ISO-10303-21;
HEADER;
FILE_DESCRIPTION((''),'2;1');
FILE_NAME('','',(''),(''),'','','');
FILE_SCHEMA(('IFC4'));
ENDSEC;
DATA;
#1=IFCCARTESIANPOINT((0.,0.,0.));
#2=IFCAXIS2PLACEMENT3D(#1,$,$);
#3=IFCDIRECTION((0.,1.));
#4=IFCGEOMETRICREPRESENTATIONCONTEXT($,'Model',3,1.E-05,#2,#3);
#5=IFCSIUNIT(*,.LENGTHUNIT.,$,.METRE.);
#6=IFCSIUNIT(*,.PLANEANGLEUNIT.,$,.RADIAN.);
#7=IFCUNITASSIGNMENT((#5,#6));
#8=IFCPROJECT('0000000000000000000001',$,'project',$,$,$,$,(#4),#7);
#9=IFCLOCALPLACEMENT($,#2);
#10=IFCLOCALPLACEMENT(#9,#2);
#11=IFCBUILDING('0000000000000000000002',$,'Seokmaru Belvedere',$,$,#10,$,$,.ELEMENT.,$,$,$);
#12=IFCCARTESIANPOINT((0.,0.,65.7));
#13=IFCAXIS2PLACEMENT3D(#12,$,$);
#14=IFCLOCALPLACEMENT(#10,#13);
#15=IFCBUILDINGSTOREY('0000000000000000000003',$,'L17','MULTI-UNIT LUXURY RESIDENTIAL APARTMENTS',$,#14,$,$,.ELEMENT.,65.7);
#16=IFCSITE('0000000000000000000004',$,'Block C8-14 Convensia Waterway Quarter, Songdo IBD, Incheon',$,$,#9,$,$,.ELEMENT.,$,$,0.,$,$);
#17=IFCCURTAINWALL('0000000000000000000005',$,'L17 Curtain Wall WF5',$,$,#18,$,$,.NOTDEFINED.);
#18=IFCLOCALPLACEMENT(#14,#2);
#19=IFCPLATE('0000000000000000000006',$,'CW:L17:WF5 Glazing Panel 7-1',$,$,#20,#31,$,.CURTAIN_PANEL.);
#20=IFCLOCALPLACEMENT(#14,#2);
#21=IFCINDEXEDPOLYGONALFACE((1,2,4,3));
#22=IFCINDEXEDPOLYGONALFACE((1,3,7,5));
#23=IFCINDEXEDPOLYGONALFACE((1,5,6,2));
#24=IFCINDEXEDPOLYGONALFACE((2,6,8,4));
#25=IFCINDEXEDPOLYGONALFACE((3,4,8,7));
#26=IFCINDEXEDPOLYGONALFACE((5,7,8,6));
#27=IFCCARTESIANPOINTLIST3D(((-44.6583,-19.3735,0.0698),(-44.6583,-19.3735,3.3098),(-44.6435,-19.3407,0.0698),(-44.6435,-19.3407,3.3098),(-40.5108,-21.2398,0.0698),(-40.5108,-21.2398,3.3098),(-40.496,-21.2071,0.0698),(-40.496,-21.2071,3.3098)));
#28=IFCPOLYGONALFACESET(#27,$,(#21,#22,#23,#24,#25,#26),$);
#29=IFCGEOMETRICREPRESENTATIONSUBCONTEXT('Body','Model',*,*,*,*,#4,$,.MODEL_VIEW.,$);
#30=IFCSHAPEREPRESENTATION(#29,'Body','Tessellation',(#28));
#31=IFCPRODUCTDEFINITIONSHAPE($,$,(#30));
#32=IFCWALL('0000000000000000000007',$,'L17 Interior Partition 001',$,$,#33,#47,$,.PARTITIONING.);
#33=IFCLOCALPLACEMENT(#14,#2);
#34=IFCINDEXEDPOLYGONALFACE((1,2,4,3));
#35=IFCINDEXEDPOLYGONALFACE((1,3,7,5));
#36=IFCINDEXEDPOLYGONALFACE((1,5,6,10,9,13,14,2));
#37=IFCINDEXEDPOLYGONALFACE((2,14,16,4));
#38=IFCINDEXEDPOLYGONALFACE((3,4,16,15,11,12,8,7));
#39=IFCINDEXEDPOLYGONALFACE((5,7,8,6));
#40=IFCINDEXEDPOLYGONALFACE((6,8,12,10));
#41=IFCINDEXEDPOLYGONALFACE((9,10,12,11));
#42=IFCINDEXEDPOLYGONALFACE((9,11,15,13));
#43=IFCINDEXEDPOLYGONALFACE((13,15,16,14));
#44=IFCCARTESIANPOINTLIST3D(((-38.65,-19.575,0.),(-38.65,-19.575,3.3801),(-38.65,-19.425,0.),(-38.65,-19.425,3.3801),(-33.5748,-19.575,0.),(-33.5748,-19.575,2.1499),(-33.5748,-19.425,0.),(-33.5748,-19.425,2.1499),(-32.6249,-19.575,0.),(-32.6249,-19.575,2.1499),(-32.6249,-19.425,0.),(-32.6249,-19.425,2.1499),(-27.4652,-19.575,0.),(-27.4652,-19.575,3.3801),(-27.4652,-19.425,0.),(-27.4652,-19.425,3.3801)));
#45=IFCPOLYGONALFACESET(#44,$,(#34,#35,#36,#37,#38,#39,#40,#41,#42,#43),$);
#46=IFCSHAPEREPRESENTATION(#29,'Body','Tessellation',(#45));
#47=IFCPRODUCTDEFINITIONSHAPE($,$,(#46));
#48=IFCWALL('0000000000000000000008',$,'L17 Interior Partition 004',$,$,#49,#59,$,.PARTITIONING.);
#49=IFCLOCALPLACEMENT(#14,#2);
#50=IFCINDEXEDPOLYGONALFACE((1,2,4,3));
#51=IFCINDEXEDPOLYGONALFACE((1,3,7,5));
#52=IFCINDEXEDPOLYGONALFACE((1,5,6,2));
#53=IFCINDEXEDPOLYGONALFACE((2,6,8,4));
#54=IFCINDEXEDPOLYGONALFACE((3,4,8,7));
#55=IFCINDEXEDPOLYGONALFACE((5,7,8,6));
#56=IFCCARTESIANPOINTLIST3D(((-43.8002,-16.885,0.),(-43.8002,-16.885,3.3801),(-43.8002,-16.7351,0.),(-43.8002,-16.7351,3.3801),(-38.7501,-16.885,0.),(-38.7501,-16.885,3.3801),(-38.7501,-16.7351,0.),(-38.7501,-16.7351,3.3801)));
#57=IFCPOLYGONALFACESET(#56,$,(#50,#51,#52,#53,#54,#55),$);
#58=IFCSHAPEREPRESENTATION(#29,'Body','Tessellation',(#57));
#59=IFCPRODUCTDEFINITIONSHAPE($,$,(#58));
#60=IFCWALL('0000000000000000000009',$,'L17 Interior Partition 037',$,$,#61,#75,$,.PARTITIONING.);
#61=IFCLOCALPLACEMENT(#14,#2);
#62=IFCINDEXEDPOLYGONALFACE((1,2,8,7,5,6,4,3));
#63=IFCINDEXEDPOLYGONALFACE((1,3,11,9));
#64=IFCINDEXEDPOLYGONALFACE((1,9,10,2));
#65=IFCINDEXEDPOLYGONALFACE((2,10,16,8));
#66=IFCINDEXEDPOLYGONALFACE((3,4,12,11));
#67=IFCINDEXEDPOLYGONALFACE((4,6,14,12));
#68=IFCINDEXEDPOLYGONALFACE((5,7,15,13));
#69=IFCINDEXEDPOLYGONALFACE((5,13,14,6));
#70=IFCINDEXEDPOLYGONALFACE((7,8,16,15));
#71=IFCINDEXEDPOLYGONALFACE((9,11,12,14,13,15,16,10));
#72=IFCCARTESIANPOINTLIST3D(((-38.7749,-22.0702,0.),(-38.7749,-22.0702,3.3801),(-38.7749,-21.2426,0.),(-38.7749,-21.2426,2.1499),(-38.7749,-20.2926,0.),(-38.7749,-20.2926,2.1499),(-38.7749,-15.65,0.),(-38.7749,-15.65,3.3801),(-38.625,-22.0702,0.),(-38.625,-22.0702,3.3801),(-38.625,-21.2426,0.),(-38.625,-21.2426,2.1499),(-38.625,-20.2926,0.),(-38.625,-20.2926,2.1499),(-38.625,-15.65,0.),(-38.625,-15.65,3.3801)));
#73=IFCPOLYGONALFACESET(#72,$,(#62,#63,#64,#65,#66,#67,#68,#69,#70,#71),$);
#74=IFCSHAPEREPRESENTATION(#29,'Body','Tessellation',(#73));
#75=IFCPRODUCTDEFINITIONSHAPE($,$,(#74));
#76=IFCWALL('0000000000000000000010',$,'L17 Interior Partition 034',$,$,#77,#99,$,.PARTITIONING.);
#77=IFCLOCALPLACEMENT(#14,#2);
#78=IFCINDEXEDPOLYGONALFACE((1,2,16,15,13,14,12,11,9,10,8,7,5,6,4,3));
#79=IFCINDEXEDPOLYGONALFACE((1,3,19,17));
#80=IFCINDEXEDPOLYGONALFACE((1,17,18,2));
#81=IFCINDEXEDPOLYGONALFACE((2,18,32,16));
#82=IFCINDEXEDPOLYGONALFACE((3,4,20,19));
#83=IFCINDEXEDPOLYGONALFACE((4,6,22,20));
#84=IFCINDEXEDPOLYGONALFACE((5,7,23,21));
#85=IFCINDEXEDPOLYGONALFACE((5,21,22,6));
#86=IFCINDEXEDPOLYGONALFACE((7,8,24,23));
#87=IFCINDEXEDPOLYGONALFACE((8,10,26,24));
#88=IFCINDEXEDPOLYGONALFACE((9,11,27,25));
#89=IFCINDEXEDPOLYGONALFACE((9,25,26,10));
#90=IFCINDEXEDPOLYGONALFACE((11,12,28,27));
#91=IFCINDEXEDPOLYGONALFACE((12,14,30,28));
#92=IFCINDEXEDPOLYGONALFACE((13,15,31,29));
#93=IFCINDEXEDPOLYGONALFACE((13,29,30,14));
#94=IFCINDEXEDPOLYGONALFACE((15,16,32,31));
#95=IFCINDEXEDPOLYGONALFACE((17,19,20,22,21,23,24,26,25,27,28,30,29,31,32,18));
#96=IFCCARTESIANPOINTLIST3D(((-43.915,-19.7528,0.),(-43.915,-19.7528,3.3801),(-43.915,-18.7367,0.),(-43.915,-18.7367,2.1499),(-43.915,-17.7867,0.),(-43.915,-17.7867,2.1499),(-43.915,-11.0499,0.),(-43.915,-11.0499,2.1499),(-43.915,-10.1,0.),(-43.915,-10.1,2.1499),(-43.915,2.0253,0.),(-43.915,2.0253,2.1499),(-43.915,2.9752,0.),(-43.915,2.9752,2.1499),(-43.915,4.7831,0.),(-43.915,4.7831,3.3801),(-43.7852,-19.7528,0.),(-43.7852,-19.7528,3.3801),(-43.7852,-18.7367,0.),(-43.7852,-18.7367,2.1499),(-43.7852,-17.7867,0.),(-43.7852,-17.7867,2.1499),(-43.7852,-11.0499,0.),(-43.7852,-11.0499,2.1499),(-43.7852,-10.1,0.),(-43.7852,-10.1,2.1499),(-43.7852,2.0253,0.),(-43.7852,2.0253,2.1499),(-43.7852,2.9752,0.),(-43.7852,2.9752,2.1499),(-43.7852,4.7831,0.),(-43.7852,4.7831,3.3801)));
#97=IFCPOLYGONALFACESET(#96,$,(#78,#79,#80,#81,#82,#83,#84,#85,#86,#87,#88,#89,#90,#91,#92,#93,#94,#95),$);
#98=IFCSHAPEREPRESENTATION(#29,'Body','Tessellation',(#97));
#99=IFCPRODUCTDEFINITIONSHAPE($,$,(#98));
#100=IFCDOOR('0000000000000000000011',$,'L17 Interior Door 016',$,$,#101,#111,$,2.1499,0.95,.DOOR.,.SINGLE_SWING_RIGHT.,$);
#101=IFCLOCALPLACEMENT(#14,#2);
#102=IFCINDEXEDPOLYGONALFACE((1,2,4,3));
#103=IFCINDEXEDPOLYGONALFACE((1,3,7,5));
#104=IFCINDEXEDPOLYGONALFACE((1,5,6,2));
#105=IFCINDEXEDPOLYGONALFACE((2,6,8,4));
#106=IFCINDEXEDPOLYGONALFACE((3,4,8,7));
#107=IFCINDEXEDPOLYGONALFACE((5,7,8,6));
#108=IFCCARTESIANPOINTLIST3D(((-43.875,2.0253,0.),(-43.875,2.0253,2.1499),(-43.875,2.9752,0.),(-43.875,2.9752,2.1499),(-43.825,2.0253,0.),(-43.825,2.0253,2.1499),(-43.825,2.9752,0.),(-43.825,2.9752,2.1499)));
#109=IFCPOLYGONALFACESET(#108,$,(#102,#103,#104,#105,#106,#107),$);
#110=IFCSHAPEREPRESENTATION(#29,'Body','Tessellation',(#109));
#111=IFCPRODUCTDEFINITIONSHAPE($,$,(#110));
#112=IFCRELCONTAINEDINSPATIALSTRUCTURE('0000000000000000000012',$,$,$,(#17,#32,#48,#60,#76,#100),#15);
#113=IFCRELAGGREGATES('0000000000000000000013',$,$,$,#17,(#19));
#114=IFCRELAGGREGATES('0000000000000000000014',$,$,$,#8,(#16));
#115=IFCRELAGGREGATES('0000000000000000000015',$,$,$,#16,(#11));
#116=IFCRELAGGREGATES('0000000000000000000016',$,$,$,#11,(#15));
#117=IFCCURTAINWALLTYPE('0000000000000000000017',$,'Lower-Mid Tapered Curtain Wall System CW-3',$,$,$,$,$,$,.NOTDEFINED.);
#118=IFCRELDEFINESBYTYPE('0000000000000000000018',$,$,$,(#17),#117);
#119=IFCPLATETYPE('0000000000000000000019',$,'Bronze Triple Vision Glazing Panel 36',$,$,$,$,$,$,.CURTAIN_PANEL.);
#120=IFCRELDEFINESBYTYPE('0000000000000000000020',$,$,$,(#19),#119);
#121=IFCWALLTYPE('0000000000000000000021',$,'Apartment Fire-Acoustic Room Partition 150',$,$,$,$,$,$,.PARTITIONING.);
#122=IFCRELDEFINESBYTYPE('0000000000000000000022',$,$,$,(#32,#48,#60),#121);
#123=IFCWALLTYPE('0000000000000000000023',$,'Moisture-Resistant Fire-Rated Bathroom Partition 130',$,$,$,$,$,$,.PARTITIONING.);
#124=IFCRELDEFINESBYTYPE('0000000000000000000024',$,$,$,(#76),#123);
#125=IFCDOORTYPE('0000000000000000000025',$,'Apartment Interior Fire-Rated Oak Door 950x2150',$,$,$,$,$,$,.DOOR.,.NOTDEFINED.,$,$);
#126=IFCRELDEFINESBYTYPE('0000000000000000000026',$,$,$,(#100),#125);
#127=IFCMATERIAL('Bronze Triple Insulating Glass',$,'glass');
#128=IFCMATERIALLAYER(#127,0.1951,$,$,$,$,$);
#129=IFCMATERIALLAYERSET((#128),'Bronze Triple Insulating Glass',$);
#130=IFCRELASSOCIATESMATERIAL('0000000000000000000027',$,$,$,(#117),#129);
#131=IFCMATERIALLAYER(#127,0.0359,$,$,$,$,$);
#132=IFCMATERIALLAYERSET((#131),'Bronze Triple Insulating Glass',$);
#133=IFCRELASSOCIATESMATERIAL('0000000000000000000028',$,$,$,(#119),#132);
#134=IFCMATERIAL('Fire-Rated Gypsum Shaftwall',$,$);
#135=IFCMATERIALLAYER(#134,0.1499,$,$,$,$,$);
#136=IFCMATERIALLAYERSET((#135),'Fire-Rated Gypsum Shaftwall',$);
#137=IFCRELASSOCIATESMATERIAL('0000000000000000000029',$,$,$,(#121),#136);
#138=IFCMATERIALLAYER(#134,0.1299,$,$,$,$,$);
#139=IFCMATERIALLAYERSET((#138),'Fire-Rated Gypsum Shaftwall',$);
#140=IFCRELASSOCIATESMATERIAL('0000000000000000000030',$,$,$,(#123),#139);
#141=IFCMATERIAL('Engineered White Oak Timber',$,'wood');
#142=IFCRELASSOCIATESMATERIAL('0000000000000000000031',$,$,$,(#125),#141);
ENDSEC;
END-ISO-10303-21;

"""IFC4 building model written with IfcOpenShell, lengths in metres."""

from ifc_helpers import new_model, si_unit, direction, frame, frame_2d, origin, origin_2d, place, context, subcontext, project, spatial, rectangle, extrude, source, transform, mapped, material, layer, layer_set, type_object, type_shapes, element, fill, aggregate, save


model = new_model("IFC4")

# Units and contexts
model_context = context("Model", 3, precision=1e-05, world=origin(), true_north=direction((0.0, 1.0)))
body_context = subcontext(model_context, "Body", "Model", "MODEL_VIEW")
ifc_project = project(units=[si_unit("LENGTHUNIT", "METRE"), si_unit("PLANEANGLEUNIT", "RADIAN")], contexts=[model_context])

# Site, building, storey
site_placement = place(None, origin())
site = spatial("IfcSite", under=ifc_project, at=site_placement, Name="Block C8-14 Convensia Waterway Quarter, Songdo IBD, Incheon", CompositionType="ELEMENT", RefElevation=0.0)
building_placement = place(site_placement, origin())
building = spatial("IfcBuilding", under=site, at=building_placement, Name="Seokmaru Belvedere", CompositionType="ELEMENT")
storey_placement = place(building_placement, frame((0.0, 0.0, 65.7)))
storey = spatial("IfcBuildingStorey", under=building, at=storey_placement, Name="L17", Description="MULTI-UNIT LUXURY RESIDENTIAL APARTMENTS", CompositionType="ELEMENT", Elevation=65.7)

# Curtain wall, plate
ifc_material_1 = material(Name="Bronze Triple Insulating Glass", Category="glass")
ifc_layer_1 = layer(ifc_material_1, 0.1951)
ifc_layer_set_1 = layer_set([ifc_layer_1], Name="Bronze Triple Insulating Glass")
curtain_wall_type = type_object("IfcCurtainWallType", Name="Lower-Mid Tapered Curtain Wall System CW-3", PredefinedType="NOTDEFINED", material=ifc_layer_set_1)
curtain_wall_placement = place(storey_placement, origin())
curtain_wall = element("IfcCurtainWall", 1, at=curtain_wall_placement, inside=storey, type_object=curtain_wall_type, Name="L17 Curtain Wall WF5", PredefinedType="NOTDEFINED")
ifc_layer_2 = layer(ifc_material_1, 0.0359)
ifc_layer_set_2 = layer_set([ifc_layer_2], Name="Bronze Triple Insulating Glass")
plate_type = type_object("IfcPlateType", Name="Bronze Triple Vision Glazing Panel 36", PredefinedType="CURTAIN_PANEL", material=ifc_layer_set_2)
shared_shape_1 = source(origin(), body_context, "Body", "SweptSolid", [
    extrude(rectangle(XDim=4.5481, YDim=0.0359, at=origin_2d()), origin(), (0.0, 0.0, 1.0), 3.24),
])
type_shapes(plate_type, [shared_shape_1])
plate_1_placement = place(storey_placement, frame((-42.5771, -20.2903, 0.0698), z_axis=(0.0, 0.0, 1.0), x_axis=(0.911921, -0.410366, 0.0)))
plate_1 = element("IfcPlate", 2, at=plate_1_placement, type_object=plate_type, Name="CW:L17:WF5 Glazing Panel 7-1", PredefinedType="CURTAIN_PANEL", context=body_context, shape_type="MappedRepresentation", body=[
    mapped(shared_shape_1, transform((0.0, 0.0, 0.0), scale=1.0)),
])
aggregate(curtain_wall, [plate_1])

# Wall, opening
ifc_material_2 = material(Name="Fire-Rated Gypsum Shaftwall")
ifc_layer_3 = layer(ifc_material_2, 0.1499)
ifc_layer_set_3 = layer_set([ifc_layer_3], Name="Fire-Rated Gypsum Shaftwall")
wall_type_1 = type_object("IfcWallType", Name="Apartment Fire-Acoustic Room Partition 150", PredefinedType="PARTITIONING", material=ifc_layer_set_3)
wall_1_placement = place(storey_placement, frame((-38.6499, -19.5, 0.0), z_axis=(0.0, 0.0, 1.0), x_axis=(1.0, 0.0, 0.0)))
wall_1 = element("IfcWall", 3, at=wall_1_placement, inside=storey, type_object=wall_type_1, Name="L17 Interior Partition 001", PredefinedType="PARTITIONING", context=body_context, shape_type="SweptSolid", body=[
    extrude(rectangle(XDim=11.1848, YDim=0.1499, at=frame_2d((5.5923, 0.0))), origin(), (0.0, 0.0, 1.0), 3.3801),
])
opening_1_placement = place(wall_1_placement, frame((5.075, 0.0, 0.0)))
element("IfcOpeningElement", 4, at=opening_1_placement, cuts=wall_1, PredefinedType="OPENING", context=body_context, shape_type="SweptSolid", body=[
    extrude(rectangle(XDim=0.95, YDim=2.1499, at=frame_2d((0.4751, 1.075))), frame((0.0, 0.085, 0.0), z_axis=(0.0, -1.0, 0.0), x_axis=(1.0, 0.0, 0.0)), (0.0, 0.0, 1.0), 0.1699),
])

# Wall
wall_2_placement = place(storey_placement, frame((-43.8, -16.8101, 0.0), z_axis=(0.0, 0.0, 1.0), x_axis=(1.0, 0.0, 0.0)))
element("IfcWall", 5, at=wall_2_placement, inside=storey, type_object=wall_type_1, Name="L17 Interior Partition 004", PredefinedType="PARTITIONING", context=body_context, shape_type="SweptSolid", body=[
    extrude(rectangle(XDim=5.05, YDim=0.1499, at=frame_2d((2.5249, 0.0))), origin(), (0.0, 0.0, 1.0), 3.3801),
])

# Wall, opening
wall_3_placement = place(storey_placement, frame((-38.7, -22.0701, 0.0), z_axis=(0.0, 0.0, 1.0), x_axis=(0.0, 1.0, 0.0)))
wall_3 = element("IfcWall", 6, at=wall_3_placement, inside=storey, type_object=wall_type_1, Name="L17 Interior Partition 037", PredefinedType="PARTITIONING", context=body_context, shape_type="SweptSolid", body=[
    extrude(rectangle(XDim=6.4202, YDim=0.1499, at=frame_2d((3.21, 0.0))), origin(), (0.0, 0.0, 1.0), 3.3801),
])
opening_2_placement = place(wall_3_placement, frame((0.8274, 0.0, 0.0)))
element("IfcOpeningElement", 7, at=opening_2_placement, cuts=wall_3, PredefinedType="OPENING", context=body_context, shape_type="SweptSolid", body=[
    extrude(rectangle(XDim=0.95, YDim=2.1499, at=frame_2d((0.4751, 1.075))), frame((0.0, 0.085, 0.0), z_axis=(0.0, -1.0, 0.0), x_axis=(1.0, 0.0, 0.0)), (0.0, 0.0, 1.0), 0.1699),
])

# Wall, openings, door
ifc_layer_4 = layer(ifc_material_2, 0.1299)
ifc_layer_set_4 = layer_set([ifc_layer_4], Name="Fire-Rated Gypsum Shaftwall")
wall_type_2 = type_object("IfcWallType", Name="Moisture-Resistant Fire-Rated Bathroom Partition 130", PredefinedType="PARTITIONING", material=ifc_layer_set_4)
wall_4_placement = place(storey_placement, frame((-43.8501, -19.7529, 0.0), z_axis=(0.0, 0.0, 1.0), x_axis=(0.0, 1.0, 0.0)))
wall_4 = element("IfcWall", 8, at=wall_4_placement, inside=storey, type_object=wall_type_2, Name="L17 Interior Partition 034", PredefinedType="PARTITIONING", context=body_context, shape_type="SweptSolid", body=[
    extrude(rectangle(XDim=24.5359, YDim=0.1299, at=frame_2d((12.2681, 0.0))), origin(), (0.0, 0.0, 1.0), 3.3801),
])
opening_3_placement = place(wall_4_placement, frame((8.7029, 0.0, 0.0)))
element("IfcOpeningElement", 9, at=opening_3_placement, cuts=wall_4, PredefinedType="OPENING", context=body_context, shape_type="SweptSolid", body=[
    extrude(rectangle(XDim=0.95, YDim=2.1499, at=frame_2d((0.4751, 1.075))), frame((0.0, 0.075, 0.0), z_axis=(0.0, -1.0, 0.0), x_axis=(1.0, 0.0, 0.0)), (0.0, 0.0, 1.0), 0.1499),
])
opening_4_placement = place(wall_4_placement, frame((1.0161, 0.0, 0.0)))
element("IfcOpeningElement", 10, at=opening_4_placement, cuts=wall_4, PredefinedType="OPENING", context=body_context, shape_type="SweptSolid", body=[
    extrude(rectangle(XDim=0.95, YDim=2.1499, at=frame_2d((0.4751, 1.075))), frame((0.0, 0.075, 0.0), z_axis=(0.0, -1.0, 0.0), x_axis=(1.0, 0.0, 0.0)), (0.0, 0.0, 1.0), 0.1499),
])
opening_5_placement = place(wall_4_placement, frame((21.7781, 0.0, 0.0)))
opening_5 = element("IfcOpeningElement", 11, at=opening_5_placement, cuts=wall_4, PredefinedType="OPENING", context=body_context, shape_type="SweptSolid", body=[
    extrude(rectangle(XDim=0.95, YDim=2.1499, at=frame_2d((0.4751, 1.075))), frame((0.0, 0.075, 0.0), z_axis=(0.0, -1.0, 0.0), x_axis=(1.0, 0.0, 0.0)), (0.0, 0.0, 1.0), 0.1499),
])
ifc_material_3 = material(Name="Engineered White Oak Timber", Category="wood")
door_type = type_object("IfcDoorType", Name="Apartment Interior Fire-Rated Oak Door 950x2150", OperationType="NOTDEFINED", PredefinedType="DOOR", material=ifc_material_3)
shared_shape_2 = source(origin(), body_context, "Body", "SweptSolid", [
    extrude(rectangle(XDim=0.95, YDim=2.1499, at=frame_2d((0.4751, 1.075))), frame((0.0, 0.0249, 0.0), z_axis=(0.0, -1.0, 0.0), x_axis=(1.0, 0.0, 0.0)), (0.0, 0.0, 1.0), 0.05),
])
type_shapes(door_type, [shared_shape_2])
door_placement = place(opening_5_placement, origin())
door = element("IfcDoor", 12, at=door_placement, inside=storey, type_object=door_type, Name="L17 Interior Door 016", OperationType="SINGLE_SWING_RIGHT", OverallHeight=2.1499, OverallWidth=0.95, PredefinedType="DOOR", context=body_context, shape_type="MappedRepresentation", body=[
    mapped(shared_shape_2, transform((0.0, 0.0, 0.0), scale=1.0)),
])
fill(opening_5, door)

save(model, "model.ifc")
